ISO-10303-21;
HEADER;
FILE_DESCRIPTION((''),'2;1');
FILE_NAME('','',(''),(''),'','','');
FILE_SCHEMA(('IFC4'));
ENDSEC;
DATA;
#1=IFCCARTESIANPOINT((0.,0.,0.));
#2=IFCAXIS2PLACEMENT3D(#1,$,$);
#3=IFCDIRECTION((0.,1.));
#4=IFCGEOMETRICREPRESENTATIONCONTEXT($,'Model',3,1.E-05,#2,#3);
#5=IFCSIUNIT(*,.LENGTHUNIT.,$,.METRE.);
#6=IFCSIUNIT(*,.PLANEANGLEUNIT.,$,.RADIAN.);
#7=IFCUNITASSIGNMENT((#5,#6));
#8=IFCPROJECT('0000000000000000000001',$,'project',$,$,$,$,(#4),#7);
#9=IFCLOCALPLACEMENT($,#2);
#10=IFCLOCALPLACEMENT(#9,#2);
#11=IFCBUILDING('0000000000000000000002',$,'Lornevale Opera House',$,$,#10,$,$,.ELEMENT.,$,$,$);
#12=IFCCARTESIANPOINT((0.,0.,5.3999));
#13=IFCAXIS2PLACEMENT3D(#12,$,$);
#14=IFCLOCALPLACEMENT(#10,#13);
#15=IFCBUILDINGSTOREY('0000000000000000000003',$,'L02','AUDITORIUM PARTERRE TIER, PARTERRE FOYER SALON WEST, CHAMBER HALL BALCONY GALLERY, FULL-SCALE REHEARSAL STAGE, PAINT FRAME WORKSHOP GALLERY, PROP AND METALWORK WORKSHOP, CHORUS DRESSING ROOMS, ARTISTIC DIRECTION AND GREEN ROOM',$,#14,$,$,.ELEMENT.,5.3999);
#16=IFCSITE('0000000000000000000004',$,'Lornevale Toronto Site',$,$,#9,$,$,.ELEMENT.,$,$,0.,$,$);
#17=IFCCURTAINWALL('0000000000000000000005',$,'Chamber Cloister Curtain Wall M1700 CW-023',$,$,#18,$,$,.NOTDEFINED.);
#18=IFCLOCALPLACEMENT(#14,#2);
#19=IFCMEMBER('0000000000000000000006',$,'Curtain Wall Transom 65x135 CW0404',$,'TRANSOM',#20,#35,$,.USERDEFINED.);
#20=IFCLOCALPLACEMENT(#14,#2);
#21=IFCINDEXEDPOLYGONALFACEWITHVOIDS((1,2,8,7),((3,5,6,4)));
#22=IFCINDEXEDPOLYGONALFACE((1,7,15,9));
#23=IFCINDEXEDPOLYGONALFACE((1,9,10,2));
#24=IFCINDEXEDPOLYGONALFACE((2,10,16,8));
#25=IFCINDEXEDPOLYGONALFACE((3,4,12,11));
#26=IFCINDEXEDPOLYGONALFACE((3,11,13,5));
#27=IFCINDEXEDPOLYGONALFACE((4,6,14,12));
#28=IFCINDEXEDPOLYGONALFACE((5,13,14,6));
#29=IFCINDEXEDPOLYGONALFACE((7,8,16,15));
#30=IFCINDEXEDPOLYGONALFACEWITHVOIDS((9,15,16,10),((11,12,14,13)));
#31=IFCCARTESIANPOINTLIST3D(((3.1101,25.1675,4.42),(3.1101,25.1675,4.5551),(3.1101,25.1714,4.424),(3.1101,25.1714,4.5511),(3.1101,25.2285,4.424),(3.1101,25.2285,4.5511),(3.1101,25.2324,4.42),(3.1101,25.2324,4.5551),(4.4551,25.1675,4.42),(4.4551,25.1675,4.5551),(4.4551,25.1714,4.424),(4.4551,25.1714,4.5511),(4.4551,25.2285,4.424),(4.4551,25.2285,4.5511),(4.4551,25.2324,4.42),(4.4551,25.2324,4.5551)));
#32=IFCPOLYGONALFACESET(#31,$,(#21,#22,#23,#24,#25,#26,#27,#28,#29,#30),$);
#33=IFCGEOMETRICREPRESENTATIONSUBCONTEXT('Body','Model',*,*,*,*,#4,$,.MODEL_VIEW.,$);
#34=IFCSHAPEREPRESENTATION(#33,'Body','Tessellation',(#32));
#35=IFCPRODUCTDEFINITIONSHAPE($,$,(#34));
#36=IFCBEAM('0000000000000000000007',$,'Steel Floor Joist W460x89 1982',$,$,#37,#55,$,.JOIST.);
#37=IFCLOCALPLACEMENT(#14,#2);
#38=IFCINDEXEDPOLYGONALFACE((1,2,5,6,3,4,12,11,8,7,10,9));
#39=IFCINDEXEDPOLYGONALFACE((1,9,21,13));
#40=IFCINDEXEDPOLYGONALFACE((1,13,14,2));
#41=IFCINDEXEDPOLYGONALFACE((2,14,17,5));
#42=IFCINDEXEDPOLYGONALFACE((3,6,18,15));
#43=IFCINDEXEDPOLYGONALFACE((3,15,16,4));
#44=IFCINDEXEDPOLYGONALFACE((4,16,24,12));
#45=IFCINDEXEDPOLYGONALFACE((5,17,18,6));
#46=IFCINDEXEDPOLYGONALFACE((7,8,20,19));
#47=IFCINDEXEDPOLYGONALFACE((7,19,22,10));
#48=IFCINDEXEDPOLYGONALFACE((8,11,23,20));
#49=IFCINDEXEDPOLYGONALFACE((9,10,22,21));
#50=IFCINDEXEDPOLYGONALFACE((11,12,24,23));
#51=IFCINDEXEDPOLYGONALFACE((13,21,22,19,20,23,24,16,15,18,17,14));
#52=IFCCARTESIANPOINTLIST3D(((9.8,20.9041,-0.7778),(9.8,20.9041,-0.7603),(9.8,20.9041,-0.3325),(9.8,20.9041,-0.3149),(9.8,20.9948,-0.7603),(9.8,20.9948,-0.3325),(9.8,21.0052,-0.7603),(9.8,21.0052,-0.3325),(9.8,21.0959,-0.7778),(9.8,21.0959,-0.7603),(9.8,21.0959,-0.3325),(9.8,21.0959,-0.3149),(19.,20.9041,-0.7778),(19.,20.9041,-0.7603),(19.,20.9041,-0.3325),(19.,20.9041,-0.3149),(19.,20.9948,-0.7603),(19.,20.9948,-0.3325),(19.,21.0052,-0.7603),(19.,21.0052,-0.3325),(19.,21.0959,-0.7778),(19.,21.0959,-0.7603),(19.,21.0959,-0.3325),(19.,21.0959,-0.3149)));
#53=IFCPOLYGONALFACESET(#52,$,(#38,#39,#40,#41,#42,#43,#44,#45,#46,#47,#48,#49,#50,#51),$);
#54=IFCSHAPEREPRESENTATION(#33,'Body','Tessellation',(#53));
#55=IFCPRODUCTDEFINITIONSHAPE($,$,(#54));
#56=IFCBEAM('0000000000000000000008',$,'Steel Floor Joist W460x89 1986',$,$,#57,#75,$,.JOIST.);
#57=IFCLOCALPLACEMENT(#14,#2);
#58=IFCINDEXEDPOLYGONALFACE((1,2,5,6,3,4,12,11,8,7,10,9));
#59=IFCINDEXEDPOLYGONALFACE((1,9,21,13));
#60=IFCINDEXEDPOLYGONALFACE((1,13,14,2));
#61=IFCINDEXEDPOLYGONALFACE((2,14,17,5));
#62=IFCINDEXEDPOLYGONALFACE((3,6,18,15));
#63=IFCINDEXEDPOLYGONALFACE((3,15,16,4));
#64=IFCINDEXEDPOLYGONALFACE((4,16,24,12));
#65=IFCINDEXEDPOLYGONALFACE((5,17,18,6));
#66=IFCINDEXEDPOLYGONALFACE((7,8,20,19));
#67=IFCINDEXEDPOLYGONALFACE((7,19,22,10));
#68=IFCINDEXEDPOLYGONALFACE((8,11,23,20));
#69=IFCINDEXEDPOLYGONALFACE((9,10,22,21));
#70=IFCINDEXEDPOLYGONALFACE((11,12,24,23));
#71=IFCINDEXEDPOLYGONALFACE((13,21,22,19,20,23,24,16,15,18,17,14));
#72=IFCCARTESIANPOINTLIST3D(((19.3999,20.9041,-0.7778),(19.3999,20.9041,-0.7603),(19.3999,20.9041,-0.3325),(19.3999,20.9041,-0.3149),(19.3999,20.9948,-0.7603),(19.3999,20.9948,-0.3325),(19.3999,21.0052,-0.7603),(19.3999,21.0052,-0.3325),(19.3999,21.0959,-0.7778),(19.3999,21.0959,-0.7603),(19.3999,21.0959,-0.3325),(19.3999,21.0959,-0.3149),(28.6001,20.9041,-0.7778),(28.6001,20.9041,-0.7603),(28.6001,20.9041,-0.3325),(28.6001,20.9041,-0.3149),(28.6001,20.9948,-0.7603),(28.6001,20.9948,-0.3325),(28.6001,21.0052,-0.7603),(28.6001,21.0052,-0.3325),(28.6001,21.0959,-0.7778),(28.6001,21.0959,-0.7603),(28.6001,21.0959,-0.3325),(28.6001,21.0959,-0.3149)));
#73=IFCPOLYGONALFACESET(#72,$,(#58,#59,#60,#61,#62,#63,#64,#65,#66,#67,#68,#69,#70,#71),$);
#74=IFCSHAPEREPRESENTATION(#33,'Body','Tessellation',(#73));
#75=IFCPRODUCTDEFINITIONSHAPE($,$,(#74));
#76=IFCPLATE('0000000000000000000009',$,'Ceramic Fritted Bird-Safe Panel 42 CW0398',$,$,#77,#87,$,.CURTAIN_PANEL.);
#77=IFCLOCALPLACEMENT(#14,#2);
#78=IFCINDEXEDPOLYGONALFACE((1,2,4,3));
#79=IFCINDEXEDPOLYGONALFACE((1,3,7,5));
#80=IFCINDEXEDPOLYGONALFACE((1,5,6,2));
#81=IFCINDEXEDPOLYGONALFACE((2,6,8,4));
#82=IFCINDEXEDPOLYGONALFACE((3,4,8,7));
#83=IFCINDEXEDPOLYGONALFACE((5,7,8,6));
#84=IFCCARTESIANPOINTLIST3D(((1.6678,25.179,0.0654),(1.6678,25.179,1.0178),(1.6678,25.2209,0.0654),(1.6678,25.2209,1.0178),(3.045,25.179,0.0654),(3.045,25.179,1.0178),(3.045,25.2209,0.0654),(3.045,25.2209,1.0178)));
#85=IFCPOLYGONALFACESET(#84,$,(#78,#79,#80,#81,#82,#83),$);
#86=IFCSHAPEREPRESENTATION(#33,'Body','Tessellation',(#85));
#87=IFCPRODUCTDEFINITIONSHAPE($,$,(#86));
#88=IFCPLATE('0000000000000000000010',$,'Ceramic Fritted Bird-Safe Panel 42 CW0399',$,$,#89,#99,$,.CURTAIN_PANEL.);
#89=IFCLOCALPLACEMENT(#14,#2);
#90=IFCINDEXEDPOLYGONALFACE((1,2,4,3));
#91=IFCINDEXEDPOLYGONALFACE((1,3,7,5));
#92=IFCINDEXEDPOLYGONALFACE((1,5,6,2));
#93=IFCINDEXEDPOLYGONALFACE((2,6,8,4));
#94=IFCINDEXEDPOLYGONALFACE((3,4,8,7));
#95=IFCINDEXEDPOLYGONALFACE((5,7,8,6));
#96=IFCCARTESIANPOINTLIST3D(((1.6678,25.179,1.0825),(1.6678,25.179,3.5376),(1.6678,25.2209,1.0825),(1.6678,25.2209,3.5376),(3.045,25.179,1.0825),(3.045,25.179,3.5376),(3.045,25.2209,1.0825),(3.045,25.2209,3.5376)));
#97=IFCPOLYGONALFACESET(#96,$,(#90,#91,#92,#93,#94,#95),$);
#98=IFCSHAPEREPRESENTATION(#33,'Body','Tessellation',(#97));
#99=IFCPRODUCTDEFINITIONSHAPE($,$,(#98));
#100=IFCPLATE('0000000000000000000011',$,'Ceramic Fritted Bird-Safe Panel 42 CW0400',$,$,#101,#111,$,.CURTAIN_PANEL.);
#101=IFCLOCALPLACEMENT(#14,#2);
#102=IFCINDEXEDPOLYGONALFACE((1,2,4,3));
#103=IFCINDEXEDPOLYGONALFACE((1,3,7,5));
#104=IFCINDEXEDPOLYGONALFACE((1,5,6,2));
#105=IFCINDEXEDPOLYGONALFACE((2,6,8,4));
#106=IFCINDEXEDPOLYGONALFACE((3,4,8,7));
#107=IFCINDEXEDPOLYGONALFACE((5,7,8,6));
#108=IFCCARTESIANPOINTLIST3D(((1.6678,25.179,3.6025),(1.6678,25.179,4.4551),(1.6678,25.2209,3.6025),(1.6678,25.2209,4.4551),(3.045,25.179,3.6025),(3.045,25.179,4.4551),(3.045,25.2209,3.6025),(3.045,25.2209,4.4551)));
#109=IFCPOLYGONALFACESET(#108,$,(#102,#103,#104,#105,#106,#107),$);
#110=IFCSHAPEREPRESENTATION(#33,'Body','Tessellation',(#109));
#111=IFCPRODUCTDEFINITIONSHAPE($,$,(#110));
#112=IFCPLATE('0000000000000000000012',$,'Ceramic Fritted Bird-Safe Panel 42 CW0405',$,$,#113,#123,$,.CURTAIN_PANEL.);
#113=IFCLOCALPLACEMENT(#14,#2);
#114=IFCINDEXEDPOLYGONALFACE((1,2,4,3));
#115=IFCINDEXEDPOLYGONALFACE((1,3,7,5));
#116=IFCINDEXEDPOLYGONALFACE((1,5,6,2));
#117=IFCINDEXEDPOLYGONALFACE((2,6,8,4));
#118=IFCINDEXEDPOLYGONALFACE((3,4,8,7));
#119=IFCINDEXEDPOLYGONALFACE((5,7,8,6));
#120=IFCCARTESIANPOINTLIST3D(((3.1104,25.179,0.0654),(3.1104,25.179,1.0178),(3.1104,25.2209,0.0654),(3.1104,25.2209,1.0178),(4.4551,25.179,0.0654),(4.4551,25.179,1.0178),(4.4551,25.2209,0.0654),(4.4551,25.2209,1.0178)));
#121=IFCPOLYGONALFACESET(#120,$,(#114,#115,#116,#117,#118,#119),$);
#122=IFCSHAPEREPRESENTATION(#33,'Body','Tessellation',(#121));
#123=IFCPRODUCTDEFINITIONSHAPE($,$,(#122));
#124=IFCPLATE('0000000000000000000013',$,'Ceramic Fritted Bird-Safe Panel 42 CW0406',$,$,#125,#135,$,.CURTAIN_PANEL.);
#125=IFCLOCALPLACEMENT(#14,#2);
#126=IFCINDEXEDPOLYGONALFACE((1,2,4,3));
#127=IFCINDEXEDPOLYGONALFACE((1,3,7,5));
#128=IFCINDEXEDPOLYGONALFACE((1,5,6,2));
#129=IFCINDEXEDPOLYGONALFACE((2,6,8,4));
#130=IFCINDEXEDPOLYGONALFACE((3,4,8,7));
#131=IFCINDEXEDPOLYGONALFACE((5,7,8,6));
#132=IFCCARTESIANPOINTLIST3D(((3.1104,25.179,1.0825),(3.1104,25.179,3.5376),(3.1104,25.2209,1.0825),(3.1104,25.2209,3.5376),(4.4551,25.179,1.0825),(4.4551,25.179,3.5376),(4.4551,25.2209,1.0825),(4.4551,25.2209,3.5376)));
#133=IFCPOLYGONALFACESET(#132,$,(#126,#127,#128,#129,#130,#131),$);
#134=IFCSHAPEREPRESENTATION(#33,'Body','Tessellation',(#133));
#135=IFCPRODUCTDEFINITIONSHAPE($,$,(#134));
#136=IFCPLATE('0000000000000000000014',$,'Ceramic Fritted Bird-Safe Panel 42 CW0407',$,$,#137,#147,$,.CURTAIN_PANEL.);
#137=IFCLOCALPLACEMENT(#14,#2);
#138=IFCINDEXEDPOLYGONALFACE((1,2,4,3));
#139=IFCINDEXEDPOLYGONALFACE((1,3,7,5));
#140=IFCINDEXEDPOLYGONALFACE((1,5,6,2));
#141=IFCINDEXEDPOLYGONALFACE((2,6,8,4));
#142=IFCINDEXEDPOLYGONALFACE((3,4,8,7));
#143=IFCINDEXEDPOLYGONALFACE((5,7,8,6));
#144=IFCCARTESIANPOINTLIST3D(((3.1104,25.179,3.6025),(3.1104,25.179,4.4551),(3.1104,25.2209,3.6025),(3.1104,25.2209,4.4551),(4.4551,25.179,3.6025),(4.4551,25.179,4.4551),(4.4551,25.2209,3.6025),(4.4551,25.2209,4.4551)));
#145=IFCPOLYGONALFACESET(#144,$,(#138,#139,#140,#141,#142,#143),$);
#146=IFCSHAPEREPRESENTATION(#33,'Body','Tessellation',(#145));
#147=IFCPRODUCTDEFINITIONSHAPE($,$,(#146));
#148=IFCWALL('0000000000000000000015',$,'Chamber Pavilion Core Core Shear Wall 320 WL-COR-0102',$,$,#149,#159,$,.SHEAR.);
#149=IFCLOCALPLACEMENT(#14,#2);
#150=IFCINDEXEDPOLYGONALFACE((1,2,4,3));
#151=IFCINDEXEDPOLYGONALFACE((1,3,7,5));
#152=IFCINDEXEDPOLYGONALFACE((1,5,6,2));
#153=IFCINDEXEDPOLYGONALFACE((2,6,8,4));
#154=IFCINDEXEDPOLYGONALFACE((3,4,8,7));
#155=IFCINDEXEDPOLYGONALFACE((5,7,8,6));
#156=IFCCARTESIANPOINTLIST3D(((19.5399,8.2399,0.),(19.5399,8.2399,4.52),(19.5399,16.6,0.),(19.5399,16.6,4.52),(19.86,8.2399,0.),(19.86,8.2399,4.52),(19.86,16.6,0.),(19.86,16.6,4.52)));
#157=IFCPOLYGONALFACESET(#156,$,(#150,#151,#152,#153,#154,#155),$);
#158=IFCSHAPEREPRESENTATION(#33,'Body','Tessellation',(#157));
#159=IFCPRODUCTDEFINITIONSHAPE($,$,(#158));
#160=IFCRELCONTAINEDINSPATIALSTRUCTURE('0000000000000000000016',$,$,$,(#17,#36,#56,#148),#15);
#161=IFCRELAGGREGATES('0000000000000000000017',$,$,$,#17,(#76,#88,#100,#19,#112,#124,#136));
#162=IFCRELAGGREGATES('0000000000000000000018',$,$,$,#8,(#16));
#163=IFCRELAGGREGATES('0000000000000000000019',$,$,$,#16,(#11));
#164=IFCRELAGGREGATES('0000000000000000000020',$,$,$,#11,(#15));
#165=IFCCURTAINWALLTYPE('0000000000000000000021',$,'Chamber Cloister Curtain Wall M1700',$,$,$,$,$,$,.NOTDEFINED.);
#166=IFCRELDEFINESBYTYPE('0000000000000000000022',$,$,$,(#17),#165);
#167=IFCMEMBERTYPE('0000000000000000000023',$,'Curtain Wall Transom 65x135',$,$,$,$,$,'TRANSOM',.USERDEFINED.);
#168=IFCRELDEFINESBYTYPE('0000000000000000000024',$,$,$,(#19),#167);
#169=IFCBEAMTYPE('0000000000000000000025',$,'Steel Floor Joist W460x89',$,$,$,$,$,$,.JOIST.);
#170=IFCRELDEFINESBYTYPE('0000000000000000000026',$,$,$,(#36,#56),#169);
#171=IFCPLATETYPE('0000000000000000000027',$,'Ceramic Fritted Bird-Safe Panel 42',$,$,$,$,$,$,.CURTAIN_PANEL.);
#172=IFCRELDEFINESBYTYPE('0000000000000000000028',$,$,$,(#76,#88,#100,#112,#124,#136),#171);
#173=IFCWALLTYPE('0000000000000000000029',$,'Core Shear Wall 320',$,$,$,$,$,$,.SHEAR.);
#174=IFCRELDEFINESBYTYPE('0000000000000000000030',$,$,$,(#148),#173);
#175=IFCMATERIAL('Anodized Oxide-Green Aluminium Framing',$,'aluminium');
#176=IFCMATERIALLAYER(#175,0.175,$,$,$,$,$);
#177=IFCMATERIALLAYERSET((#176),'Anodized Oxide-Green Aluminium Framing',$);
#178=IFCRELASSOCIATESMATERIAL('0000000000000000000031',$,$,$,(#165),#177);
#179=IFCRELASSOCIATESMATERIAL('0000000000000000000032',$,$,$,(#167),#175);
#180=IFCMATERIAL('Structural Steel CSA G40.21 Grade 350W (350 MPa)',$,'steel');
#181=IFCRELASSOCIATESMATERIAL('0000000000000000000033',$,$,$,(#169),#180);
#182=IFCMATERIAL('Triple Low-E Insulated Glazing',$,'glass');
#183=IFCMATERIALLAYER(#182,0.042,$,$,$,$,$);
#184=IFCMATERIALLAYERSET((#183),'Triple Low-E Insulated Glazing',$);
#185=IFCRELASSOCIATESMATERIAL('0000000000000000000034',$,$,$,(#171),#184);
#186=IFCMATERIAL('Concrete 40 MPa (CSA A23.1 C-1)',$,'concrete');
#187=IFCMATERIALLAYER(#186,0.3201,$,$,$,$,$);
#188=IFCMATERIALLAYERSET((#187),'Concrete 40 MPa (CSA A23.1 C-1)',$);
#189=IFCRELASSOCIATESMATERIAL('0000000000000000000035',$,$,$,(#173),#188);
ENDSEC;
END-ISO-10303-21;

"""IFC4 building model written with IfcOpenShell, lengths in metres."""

from ifc_helpers import new_model, si_unit, direction, frame, frame_2d, origin, origin_2d, place, context, subcontext, project, spatial, rectangle, hollow_rectangle, i_section, extrude, material, layer, layer_set, material_profile, profile_set, type_object, element, aggregate, save


model = new_model("IFC4")

# Units and contexts
model_context = context("Model", 3, precision=1e-05, world=origin(), true_north=direction((0.0, 1.0)))
body_context = subcontext(model_context, "Body", "Model", "MODEL_VIEW")
ifc_project = project(units=[si_unit("LENGTHUNIT", "METRE"), si_unit("PLANEANGLEUNIT", "RADIAN")], contexts=[model_context])

# Site, building, storey
site_placement = place(None, origin())
site = spatial("IfcSite", under=ifc_project, at=site_placement, Name="Lornevale Toronto Site", CompositionType="ELEMENT", RefElevation=0.0)
building_placement = place(site_placement, origin())
building = spatial("IfcBuilding", under=site, at=building_placement, Name="Lornevale Opera House", CompositionType="ELEMENT")
storey_placement = place(building_placement, frame((0.0, 0.0, 5.3999)))
storey = spatial("IfcBuildingStorey", under=building, at=storey_placement, Name="L02", Description="AUDITORIUM PARTERRE TIER, PARTERRE FOYER SALON WEST, CHAMBER HALL BALCONY GALLERY, FULL-SCALE REHEARSAL STAGE, PAINT FRAME WORKSHOP GALLERY, PROP AND METALWORK WORKSHOP, CHORUS DRESSING ROOMS, ARTISTIC DIRECTION AND GREEN ROOM", CompositionType="ELEMENT", Elevation=5.3999)

# Shared definitions
ifc_material_1 = material(Name="Structural Steel CSA G40.21 Grade 350W (350 MPa)", Category="steel")

# Curtain wall, member
ifc_material_2 = material(Name="Anodized Oxide-Green Aluminium Framing", Category="aluminium")
ifc_layer_1 = layer(ifc_material_2, 0.175)
ifc_layer_set_1 = layer_set([ifc_layer_1], Name="Anodized Oxide-Green Aluminium Framing")
curtain_wall_type = type_object("IfcCurtainWallType", Name="Chamber Cloister Curtain Wall M1700", PredefinedType="NOTDEFINED", material=ifc_layer_set_1)
curtain_wall_placement = place(storey_placement, origin())
curtain_wall = element("IfcCurtainWall", 1, at=curtain_wall_placement, inside=storey, type_object=curtain_wall_type, Name="Chamber Cloister Curtain Wall M1700 CW-023", PredefinedType="NOTDEFINED")
ifc_material_profile_1 = material_profile(ifc_material_2, hollow_rectangle(XDim=0.0649, YDim=0.135, WallThickness=0.0039, at=origin_2d()), Name="ALU65x135x4")
ifc_profile_set_1 = profile_set([ifc_material_profile_1], Name="Anodized Oxide-Green Aluminium Framing")
member_type_1 = type_object("IfcMemberType", Name="Curtain Wall Transom 65x135", ElementType="TRANSOM", PredefinedType="USERDEFINED", material=ifc_profile_set_1)
member_1_placement = place(storey_placement, frame((3.1101, 25.2, 4.4875), z_axis=(1.0, 0.0, 0.0), x_axis=(0.0, 1.0, 0.0)))
member_1 = element("IfcMember", 2, at=member_1_placement, type_object=member_type_1, Name="Curtain Wall Transom 65x135 CW0404", ObjectType="TRANSOM", PredefinedType="USERDEFINED", context=body_context, shape_type="SweptSolid", body=[
    extrude(hollow_rectangle(XDim=0.0649, YDim=0.135, WallThickness=0.0039, at=origin_2d()), origin(), (0.0, 0.0, 1.0), 1.345),
])

# Beams
ifc_material_profile_2 = material_profile(ifc_material_1, i_section(OverallWidth=0.1919, OverallDepth=0.4629, WebThickness=0.0105, FlangeThickness=0.0176, at=origin_2d()), Name="W460x89")
ifc_profile_set_2 = profile_set([ifc_material_profile_2], Name="Structural Steel CSA G40.21 Grade 350W (350 MPa)")
beam_type_1 = type_object("IfcBeamType", Name="Steel Floor Joist W460x89", PredefinedType="JOIST", material=ifc_profile_set_2)
beam_1_placement = place(storey_placement, frame((9.8, 21.0, -0.5464), z_axis=(1.0, 0.0, 0.0), x_axis=(0.0, 1.0, 0.0)))
element("IfcBeam", 3, at=beam_1_placement, inside=storey, type_object=beam_type_1, Name="Steel Floor Joist W460x89 1982", PredefinedType="JOIST", context=body_context, shape_type="SweptSolid", body=[
    extrude(i_section(OverallWidth=0.1919, OverallDepth=0.4629, WebThickness=0.0105, FlangeThickness=0.0176, at=origin_2d()), origin(), (0.0, 0.0, 1.0), 9.2),
])
beam_2_placement = place(storey_placement, frame((19.3999, 21.0, -0.5464), z_axis=(1.0, 0.0, 0.0), x_axis=(0.0, 1.0, 0.0)))
element("IfcBeam", 4, at=beam_2_placement, inside=storey, type_object=beam_type_1, Name="Steel Floor Joist W460x89 1986", PredefinedType="JOIST", context=body_context, shape_type="SweptSolid", body=[
    extrude(i_section(OverallWidth=0.1919, OverallDepth=0.4629, WebThickness=0.0105, FlangeThickness=0.0176, at=origin_2d()), origin(), (0.0, 0.0, 1.0), 9.2002),
])

# Plates
ifc_material_3 = material(Name="Triple Low-E Insulated Glazing", Category="glass")
ifc_layer_2 = layer(ifc_material_3, 0.042)
ifc_layer_set_2 = layer_set([ifc_layer_2], Name="Triple Low-E Insulated Glazing")
plate_type = type_object("IfcPlateType", Name="Ceramic Fritted Bird-Safe Panel 42", PredefinedType="CURTAIN_PANEL", material=ifc_layer_set_2)
plate_1_placement = place(storey_placement, frame((2.3564, 25.2, 0.0654), z_axis=(0.0, 0.0, 1.0), x_axis=(1.0, 0.0, 0.0)))
plate_1 = element("IfcPlate", 5, at=plate_1_placement, type_object=plate_type, Name="Ceramic Fritted Bird-Safe Panel 42 CW0398", PredefinedType="CURTAIN_PANEL", context=body_context, shape_type="SweptSolid", body=[
    extrude(rectangle(XDim=1.3772, YDim=0.042, at=origin_2d()), origin(), (0.0, 0.0, 1.0), 0.9524),
])
plate_2_placement = place(storey_placement, frame((2.3564, 25.2, 1.0825), z_axis=(0.0, 0.0, 1.0), x_axis=(1.0, 0.0, 0.0)))
plate_2 = element("IfcPlate", 6, at=plate_2_placement, type_object=plate_type, Name="Ceramic Fritted Bird-Safe Panel 42 CW0399", PredefinedType="CURTAIN_PANEL", context=body_context, shape_type="SweptSolid", body=[
    extrude(rectangle(XDim=1.3772, YDim=0.042, at=origin_2d()), origin(), (0.0, 0.0, 1.0), 2.4551),
])
plate_3_placement = place(storey_placement, frame((2.3564, 25.2, 3.6025), z_axis=(0.0, 0.0, 1.0), x_axis=(1.0, 0.0, 0.0)))
plate_3 = element("IfcPlate", 7, at=plate_3_placement, type_object=plate_type, Name="Ceramic Fritted Bird-Safe Panel 42 CW0400", PredefinedType="CURTAIN_PANEL", context=body_context, shape_type="SweptSolid", body=[
    extrude(rectangle(XDim=1.3772, YDim=0.042, at=origin_2d()), origin(), (0.0, 0.0, 1.0), 0.8525),
])
plate_4_placement = place(storey_placement, frame((3.7827, 25.2, 0.0654), z_axis=(0.0, 0.0, 1.0), x_axis=(1.0, 0.0, 0.0)))
plate_4 = element("IfcPlate", 8, at=plate_4_placement, type_object=plate_type, Name="Ceramic Fritted Bird-Safe Panel 42 CW0405", PredefinedType="CURTAIN_PANEL", context=body_context, shape_type="SweptSolid", body=[
    extrude(rectangle(XDim=1.3447, YDim=0.042, at=origin_2d()), origin(), (0.0, 0.0, 1.0), 0.9524),
])
plate_5_placement = place(storey_placement, frame((3.7827, 25.2, 1.0825), z_axis=(0.0, 0.0, 1.0), x_axis=(1.0, 0.0, 0.0)))
plate_5 = element("IfcPlate", 9, at=plate_5_placement, type_object=plate_type, Name="Ceramic Fritted Bird-Safe Panel 42 CW0406", PredefinedType="CURTAIN_PANEL", context=body_context, shape_type="SweptSolid", body=[
    extrude(rectangle(XDim=1.3447, YDim=0.042, at=origin_2d()), origin(), (0.0, 0.0, 1.0), 2.4551),
])
plate_6_placement = place(storey_placement, frame((3.7827, 25.2, 3.6025), z_axis=(0.0, 0.0, 1.0), x_axis=(1.0, 0.0, 0.0)))
plate_6 = element("IfcPlate", 10, at=plate_6_placement, type_object=plate_type, Name="Ceramic Fritted Bird-Safe Panel 42 CW0407", PredefinedType="CURTAIN_PANEL", context=body_context, shape_type="SweptSolid", body=[
    extrude(rectangle(XDim=1.3447, YDim=0.042, at=origin_2d()), origin(), (0.0, 0.0, 1.0), 0.8525),
])
aggregate(curtain_wall, [plate_1, plate_2, plate_3, member_1, plate_4, plate_5, plate_6])

# Wall
ifc_material_4 = material(Name="Concrete 40 MPa (CSA A23.1 C-1)", Category="concrete")
ifc_layer_3 = layer(ifc_material_4, 0.3201)
ifc_layer_set_3 = layer_set([ifc_layer_3], Name="Concrete 40 MPa (CSA A23.1 C-1)")
wall_type = type_object("IfcWallType", Name="Core Shear Wall 320", PredefinedType="SHEAR", material=ifc_layer_set_3)
wall_placement = place(storey_placement, frame((19.7, 16.6001, 0.0), z_axis=(0.0, 0.0, 1.0), x_axis=(0.0, -1.0, 0.0)))
element("IfcWall", 11, at=wall_placement, inside=storey, type_object=wall_type, Name="Chamber Pavilion Core Core Shear Wall 320 WL-COR-0102", PredefinedType="SHEAR", context=body_context, shape_type="SweptSolid", body=[
    extrude(rectangle(XDim=8.3601, YDim=0.3201, at=frame_2d((4.1802, 0.0))), origin(), (0.0, 0.0, 1.0), 4.52),
])

save(model, "model.ifc")
